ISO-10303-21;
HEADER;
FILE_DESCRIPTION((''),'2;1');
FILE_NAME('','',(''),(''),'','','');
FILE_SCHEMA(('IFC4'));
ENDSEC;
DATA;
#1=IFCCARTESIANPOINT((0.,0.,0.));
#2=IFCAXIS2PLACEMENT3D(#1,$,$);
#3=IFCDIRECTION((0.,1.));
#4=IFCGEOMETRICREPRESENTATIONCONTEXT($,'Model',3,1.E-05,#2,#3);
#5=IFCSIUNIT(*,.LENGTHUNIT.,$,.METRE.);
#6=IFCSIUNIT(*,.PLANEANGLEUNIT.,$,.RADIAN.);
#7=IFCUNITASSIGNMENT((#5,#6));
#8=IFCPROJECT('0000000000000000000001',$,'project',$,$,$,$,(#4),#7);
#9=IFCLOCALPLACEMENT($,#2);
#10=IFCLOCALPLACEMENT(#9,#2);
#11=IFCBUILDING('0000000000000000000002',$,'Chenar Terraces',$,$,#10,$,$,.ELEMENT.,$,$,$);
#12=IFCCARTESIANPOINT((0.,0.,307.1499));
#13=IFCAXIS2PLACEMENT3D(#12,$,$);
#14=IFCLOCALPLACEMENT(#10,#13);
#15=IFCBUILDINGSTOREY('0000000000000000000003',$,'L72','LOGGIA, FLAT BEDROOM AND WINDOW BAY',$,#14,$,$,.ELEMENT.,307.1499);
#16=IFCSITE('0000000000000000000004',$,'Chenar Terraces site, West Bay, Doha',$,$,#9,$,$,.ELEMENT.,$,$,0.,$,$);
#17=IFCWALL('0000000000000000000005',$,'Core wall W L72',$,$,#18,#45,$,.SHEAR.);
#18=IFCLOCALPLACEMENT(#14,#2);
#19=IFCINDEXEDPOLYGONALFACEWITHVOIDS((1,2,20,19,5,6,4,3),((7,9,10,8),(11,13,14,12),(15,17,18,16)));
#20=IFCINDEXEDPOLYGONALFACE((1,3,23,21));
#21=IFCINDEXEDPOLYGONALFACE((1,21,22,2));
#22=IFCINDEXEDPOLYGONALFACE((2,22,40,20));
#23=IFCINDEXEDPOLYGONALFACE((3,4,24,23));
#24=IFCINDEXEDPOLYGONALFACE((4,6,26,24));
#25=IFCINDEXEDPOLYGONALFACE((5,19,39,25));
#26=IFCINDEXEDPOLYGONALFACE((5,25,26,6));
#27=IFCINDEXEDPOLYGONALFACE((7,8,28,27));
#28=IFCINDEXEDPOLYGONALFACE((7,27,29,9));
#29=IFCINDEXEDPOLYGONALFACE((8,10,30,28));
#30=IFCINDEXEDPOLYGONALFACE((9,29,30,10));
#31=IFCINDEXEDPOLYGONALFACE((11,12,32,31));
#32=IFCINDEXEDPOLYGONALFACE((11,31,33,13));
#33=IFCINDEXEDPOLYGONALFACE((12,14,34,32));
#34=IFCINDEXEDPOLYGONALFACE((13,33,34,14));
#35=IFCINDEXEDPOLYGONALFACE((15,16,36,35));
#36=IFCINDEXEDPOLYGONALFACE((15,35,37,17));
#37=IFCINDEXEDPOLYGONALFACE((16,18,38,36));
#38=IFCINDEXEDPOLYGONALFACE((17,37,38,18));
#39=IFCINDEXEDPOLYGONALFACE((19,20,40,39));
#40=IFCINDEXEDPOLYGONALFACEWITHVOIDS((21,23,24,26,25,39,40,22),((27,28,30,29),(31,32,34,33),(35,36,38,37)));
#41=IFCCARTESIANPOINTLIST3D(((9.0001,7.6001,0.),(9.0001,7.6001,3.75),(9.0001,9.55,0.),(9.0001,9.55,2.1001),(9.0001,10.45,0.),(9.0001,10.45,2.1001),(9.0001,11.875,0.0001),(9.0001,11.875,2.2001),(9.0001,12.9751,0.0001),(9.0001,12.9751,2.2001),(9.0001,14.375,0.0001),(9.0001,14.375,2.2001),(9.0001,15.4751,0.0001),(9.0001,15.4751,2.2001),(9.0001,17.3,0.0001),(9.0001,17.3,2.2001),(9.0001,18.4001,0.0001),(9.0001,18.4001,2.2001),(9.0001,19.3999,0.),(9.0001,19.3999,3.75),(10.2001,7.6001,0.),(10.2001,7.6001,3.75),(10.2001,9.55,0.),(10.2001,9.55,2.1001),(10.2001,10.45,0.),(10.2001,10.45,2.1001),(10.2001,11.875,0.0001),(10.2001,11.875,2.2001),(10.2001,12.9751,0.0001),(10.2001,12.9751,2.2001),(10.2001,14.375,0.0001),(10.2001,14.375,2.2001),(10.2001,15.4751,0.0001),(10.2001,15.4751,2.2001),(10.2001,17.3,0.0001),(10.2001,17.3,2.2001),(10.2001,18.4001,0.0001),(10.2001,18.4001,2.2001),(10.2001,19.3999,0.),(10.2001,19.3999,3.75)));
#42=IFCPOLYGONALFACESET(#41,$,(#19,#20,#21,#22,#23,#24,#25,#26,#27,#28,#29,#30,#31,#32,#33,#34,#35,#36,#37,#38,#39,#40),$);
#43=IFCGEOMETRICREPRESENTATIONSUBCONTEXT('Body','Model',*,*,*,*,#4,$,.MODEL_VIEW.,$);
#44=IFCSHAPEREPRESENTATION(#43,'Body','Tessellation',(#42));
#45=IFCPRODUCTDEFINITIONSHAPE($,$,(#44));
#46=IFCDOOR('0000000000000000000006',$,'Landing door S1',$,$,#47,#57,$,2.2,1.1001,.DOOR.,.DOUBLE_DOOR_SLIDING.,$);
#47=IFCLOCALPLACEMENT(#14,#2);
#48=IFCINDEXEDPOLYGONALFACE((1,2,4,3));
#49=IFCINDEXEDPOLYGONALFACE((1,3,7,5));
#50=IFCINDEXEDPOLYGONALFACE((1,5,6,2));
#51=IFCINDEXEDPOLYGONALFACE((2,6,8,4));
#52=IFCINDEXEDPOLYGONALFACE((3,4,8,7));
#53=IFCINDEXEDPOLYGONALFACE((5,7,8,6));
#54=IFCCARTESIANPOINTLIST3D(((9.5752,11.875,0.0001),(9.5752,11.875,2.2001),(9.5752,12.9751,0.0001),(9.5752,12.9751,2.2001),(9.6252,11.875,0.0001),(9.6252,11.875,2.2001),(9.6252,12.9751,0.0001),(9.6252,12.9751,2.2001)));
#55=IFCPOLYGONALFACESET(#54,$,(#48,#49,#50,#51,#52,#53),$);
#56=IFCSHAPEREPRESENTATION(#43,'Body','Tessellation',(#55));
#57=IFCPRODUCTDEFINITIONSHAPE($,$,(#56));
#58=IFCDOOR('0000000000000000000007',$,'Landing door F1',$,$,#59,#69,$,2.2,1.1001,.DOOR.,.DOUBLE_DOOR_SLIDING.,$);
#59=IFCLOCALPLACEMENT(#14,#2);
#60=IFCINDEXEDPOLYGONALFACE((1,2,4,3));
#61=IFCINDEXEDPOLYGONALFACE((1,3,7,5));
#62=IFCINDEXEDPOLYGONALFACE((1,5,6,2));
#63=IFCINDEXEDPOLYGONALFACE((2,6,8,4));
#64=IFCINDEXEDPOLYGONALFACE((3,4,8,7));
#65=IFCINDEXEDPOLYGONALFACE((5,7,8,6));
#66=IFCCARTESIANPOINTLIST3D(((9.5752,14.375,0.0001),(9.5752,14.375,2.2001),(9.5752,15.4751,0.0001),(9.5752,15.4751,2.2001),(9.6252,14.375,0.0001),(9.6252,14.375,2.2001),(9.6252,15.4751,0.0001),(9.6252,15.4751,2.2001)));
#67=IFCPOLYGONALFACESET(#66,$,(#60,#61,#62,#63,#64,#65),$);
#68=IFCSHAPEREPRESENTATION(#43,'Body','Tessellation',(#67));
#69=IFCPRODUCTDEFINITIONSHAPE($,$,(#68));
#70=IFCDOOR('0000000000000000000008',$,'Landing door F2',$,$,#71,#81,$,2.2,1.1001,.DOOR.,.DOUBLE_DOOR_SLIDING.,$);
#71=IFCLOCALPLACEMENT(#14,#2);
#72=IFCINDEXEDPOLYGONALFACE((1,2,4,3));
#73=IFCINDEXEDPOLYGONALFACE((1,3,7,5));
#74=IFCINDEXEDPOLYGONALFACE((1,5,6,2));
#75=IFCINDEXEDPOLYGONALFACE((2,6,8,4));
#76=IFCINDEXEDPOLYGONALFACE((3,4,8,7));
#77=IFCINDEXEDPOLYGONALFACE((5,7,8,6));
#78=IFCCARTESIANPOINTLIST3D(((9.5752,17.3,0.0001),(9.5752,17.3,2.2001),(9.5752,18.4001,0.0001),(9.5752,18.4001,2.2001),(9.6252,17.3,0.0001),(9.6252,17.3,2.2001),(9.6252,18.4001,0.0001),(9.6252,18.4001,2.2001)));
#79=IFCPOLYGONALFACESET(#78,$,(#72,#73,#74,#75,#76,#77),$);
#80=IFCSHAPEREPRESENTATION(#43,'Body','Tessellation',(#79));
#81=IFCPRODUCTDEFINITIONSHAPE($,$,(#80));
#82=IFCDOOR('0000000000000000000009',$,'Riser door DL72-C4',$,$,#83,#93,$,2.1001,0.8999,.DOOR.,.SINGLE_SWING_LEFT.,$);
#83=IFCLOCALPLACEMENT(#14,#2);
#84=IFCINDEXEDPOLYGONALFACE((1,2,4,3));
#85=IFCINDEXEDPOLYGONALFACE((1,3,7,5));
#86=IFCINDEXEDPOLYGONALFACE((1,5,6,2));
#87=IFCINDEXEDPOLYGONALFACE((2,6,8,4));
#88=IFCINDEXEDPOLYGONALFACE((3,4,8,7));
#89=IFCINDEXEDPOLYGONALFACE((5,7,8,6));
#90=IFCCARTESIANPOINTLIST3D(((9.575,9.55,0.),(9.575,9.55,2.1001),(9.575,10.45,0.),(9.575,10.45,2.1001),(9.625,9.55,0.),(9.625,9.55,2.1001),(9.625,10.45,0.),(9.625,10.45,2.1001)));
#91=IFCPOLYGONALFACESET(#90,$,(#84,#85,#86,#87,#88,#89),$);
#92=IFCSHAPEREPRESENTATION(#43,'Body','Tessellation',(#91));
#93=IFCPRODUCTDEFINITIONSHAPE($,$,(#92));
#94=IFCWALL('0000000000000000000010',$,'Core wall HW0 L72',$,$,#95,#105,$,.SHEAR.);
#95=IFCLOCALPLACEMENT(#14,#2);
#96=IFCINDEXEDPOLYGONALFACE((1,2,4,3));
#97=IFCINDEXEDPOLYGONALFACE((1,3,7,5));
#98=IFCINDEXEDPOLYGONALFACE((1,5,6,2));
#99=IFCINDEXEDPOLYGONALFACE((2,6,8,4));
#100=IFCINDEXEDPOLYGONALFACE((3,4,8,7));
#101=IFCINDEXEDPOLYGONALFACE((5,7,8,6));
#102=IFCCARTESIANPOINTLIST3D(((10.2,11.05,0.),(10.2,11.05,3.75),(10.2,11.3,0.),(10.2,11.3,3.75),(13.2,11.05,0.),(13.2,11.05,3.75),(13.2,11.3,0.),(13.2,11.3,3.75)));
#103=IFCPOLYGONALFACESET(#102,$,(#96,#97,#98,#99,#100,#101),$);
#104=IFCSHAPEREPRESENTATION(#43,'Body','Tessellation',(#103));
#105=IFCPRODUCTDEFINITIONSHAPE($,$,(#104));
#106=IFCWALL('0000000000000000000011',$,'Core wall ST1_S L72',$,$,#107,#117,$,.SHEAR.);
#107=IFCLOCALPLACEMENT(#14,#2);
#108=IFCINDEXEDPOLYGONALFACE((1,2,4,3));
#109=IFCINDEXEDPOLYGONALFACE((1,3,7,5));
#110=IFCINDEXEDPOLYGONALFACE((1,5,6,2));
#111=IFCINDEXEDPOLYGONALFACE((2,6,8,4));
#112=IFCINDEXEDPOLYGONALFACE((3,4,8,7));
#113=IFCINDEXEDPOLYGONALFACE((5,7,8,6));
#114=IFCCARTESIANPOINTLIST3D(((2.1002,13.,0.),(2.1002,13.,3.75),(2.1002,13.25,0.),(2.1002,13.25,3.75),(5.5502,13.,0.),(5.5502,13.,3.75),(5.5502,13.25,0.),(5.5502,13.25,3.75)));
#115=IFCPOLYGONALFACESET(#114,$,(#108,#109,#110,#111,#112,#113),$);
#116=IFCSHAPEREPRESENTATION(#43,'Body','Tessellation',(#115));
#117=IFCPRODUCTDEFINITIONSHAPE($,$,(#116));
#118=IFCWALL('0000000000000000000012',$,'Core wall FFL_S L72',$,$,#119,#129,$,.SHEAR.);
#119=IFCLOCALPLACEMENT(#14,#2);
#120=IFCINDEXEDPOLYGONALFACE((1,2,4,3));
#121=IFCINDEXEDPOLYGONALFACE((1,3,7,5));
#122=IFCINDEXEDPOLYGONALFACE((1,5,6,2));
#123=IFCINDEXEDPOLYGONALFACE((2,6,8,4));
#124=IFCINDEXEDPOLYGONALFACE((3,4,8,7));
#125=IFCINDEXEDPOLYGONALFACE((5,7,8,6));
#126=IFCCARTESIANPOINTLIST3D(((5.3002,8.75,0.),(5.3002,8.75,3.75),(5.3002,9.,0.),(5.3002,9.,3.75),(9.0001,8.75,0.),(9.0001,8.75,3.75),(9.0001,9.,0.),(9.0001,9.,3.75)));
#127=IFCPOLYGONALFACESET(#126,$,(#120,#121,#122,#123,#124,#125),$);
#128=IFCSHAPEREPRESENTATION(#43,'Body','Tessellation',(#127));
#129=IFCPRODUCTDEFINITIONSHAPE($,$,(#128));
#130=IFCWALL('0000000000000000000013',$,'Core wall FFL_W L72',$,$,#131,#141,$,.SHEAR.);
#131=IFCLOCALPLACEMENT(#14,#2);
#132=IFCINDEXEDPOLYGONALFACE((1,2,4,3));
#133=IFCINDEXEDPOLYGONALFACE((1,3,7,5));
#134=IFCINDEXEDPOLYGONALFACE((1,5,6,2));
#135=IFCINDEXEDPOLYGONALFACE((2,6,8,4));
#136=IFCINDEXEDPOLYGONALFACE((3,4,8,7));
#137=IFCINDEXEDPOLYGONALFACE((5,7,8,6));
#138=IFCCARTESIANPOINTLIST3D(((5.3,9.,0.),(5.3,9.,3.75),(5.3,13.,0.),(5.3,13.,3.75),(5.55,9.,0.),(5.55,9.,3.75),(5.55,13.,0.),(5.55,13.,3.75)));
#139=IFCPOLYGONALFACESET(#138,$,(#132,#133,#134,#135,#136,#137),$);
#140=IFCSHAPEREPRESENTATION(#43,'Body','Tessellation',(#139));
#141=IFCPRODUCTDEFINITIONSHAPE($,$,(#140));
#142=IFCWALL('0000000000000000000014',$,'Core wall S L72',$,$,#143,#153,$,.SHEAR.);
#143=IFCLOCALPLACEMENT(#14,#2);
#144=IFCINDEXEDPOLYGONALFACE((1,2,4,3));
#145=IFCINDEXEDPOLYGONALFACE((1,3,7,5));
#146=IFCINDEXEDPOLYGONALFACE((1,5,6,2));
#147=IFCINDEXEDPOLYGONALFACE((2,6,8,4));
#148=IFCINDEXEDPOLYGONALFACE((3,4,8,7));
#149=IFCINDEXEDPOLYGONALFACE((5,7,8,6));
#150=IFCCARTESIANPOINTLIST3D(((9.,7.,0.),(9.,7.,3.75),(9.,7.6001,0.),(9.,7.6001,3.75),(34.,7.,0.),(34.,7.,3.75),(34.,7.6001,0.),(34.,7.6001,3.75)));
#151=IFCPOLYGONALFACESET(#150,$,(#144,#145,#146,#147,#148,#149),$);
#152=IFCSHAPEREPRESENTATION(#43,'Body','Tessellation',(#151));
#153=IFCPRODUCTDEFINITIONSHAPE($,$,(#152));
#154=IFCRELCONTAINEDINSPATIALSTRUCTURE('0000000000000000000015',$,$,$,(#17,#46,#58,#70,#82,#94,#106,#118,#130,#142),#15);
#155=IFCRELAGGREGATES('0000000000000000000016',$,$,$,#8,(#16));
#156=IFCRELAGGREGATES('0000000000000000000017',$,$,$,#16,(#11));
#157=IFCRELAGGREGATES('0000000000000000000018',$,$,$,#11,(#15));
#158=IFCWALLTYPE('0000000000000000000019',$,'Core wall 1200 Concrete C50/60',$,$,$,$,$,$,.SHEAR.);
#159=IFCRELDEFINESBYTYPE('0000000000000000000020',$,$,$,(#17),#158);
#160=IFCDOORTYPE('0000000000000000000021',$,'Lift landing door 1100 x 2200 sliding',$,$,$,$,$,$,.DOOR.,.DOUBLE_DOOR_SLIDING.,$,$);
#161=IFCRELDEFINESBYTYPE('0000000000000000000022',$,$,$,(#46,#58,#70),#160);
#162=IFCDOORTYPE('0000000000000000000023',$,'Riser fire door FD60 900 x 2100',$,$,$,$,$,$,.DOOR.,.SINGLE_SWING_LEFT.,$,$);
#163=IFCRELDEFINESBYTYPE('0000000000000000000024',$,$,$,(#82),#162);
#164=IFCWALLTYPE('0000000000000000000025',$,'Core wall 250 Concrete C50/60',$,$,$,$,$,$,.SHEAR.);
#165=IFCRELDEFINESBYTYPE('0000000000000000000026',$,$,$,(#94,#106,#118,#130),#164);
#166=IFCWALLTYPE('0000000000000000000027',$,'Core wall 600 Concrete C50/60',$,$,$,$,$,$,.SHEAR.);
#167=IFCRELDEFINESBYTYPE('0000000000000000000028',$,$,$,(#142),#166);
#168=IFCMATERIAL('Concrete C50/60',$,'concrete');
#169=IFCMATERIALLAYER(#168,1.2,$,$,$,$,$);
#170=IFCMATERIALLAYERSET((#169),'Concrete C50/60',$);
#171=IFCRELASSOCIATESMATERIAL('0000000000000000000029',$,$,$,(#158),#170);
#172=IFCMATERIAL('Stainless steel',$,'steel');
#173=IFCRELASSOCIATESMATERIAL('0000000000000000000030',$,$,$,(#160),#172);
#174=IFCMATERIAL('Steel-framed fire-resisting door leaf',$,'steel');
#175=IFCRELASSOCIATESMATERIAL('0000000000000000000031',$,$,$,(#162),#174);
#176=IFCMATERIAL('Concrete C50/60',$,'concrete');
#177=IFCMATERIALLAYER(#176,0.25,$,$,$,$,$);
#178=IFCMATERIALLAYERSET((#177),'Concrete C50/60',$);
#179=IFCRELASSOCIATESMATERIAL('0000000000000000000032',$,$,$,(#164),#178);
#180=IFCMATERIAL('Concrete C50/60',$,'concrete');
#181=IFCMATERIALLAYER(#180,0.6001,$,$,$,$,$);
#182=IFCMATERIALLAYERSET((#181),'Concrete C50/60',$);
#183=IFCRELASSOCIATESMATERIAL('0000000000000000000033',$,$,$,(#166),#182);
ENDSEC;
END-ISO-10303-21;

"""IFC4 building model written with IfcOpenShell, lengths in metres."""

from ifc_helpers import new_model, si_unit, direction, frame, frame_2d, origin, place, context, subcontext, project, spatial, rectangle, extrude, material, layer, layer_set, type_object, element, fill, save


model = new_model("IFC4")

# Units and contexts
model_context = context("Model", 3, precision=1e-05, world=origin(), true_north=direction((0.0, 1.0)))
body_context = subcontext(model_context, "Body", "Model", "MODEL_VIEW")
ifc_project = project(units=[si_unit("LENGTHUNIT", "METRE"), si_unit("PLANEANGLEUNIT", "RADIAN")], contexts=[model_context])

# Site, building, storey
site_placement = place(None, origin())
site = spatial("IfcSite", under=ifc_project, at=site_placement, Name="Chenar Terraces site, West Bay, Doha", CompositionType="ELEMENT", RefElevation=0.0)
building_placement = place(site_placement, origin())
building = spatial("IfcBuilding", under=site, at=building_placement, Name="Chenar Terraces", CompositionType="ELEMENT")
storey_placement = place(building_placement, frame((0.0, 0.0, 307.1499)))
storey = spatial("IfcBuildingStorey", under=building, at=storey_placement, Name="L72", Description="LOGGIA, FLAT BEDROOM AND WINDOW BAY", CompositionType="ELEMENT", Elevation=307.1499)

# Wall, openings, doors
ifc_material_1 = material(Name="Concrete C50/60", Category="concrete")
ifc_layer_1 = layer(ifc_material_1, 1.2)
ifc_layer_set_1 = layer_set([ifc_layer_1], Name="Concrete C50/60")
wall_type_1 = type_object("IfcWallType", Name="Core wall 1200 Concrete C50/60", PredefinedType="SHEAR", material=ifc_layer_set_1)
wall_1_placement = place(storey_placement, frame((9.6001, 7.6001, 0.0), z_axis=(0.0, 0.0, 1.0), x_axis=(0.0, 1.0, 0.0)))
wall_1 = element("IfcWall", 1, at=wall_1_placement, inside=storey, type_object=wall_type_1, Name="Core wall W L72", PredefinedType="SHEAR", context=body_context, shape_type="SweptSolid", body=[
    extrude(rectangle(XDim=11.7998, YDim=1.2, at=frame_2d((5.8999, 0.0))), origin(), (0.0, 0.0, 1.0), 3.75),
])
opening_1_placement = place(wall_1_placement, frame((4.2749, 0.0, 0.0)))
opening_1 = element("IfcOpeningElement", 2, at=opening_1_placement, cuts=wall_1, PredefinedType="OPENING", context=body_context, shape_type="SweptSolid", body=[
    extrude(rectangle(XDim=1.1001, YDim=2.2, at=frame_2d((0.55, 1.1001))), frame((0.0, 0.6099, 0.0), z_axis=(0.0, -1.0, 0.0), x_axis=(1.0, 0.0, 0.0)), (0.0, 0.0, 1.0), 1.22),
])
opening_2_placement = place(wall_1_placement, frame((6.7749, 0.0, 0.0)))
opening_2 = element("IfcOpeningElement", 3, at=opening_2_placement, cuts=wall_1, PredefinedType="OPENING", context=body_context, shape_type="SweptSolid", body=[
    extrude(rectangle(XDim=1.1001, YDim=2.2, at=frame_2d((0.55, 1.1001))), frame((0.0, 0.6099, 0.0), z_axis=(0.0, -1.0, 0.0), x_axis=(1.0, 0.0, 0.0)), (0.0, 0.0, 1.0), 1.22),
])
opening_3_placement = place(wall_1_placement, frame((9.7, 0.0, 0.0)))
opening_3 = element("IfcOpeningElement", 4, at=opening_3_placement, cuts=wall_1, PredefinedType="OPENING", context=body_context, shape_type="SweptSolid", body=[
    extrude(rectangle(XDim=1.1001, YDim=2.2, at=frame_2d((0.55, 1.1001))), frame((0.0, 0.6099, 0.0), z_axis=(0.0, -1.0, 0.0), x_axis=(1.0, 0.0, 0.0)), (0.0, 0.0, 1.0), 1.22),
])
opening_4_placement = place(wall_1_placement, frame((1.95, 0.0, 0.0)))
opening_4 = element("IfcOpeningElement", 5, at=opening_4_placement, cuts=wall_1, PredefinedType="OPENING", context=body_context, shape_type="SweptSolid", body=[
    extrude(rectangle(XDim=0.8999, YDim=2.1001, at=frame_2d((0.45, 1.05))), frame((0.0, 0.6099, 0.0), z_axis=(0.0, -1.0, 0.0), x_axis=(1.0, 0.0, 0.0)), (0.0, 0.0, 1.0), 1.22),
])
ifc_material_2 = material(Name="Stainless steel", Category="steel")
door_type_1 = type_object("IfcDoorType", Name="Lift landing door 1100 x 2200 sliding", OperationType="DOUBLE_DOOR_SLIDING", PredefinedType="DOOR", material=ifc_material_2)
door_1_placement = place(opening_1_placement, origin())
door_1 = element("IfcDoor", 6, at=door_1_placement, inside=storey, type_object=door_type_1, Name="Landing door S1", OperationType="DOUBLE_DOOR_SLIDING", OverallHeight=2.2, OverallWidth=1.1001, PredefinedType="DOOR", context=body_context, shape_type="SweptSolid", body=[
    extrude(rectangle(XDim=1.1001, YDim=2.2, at=frame_2d((0.55, 1.1001))), frame((0.0, 0.0249, 0.0), z_axis=(0.0, -1.0, 0.0), x_axis=(1.0, 0.0, 0.0)), (0.0, 0.0, 1.0), 0.05),
])
fill(opening_1, door_1)
door_2_placement = place(opening_2_placement, origin())
door_2 = element("IfcDoor", 7, at=door_2_placement, inside=storey, type_object=door_type_1, Name="Landing door F1", OperationType="DOUBLE_DOOR_SLIDING", OverallHeight=2.2, OverallWidth=1.1001, PredefinedType="DOOR", context=body_context, shape_type="SweptSolid", body=[
    extrude(rectangle(XDim=1.1001, YDim=2.2, at=frame_2d((0.55, 1.1001))), frame((0.0, 0.0249, 0.0), z_axis=(0.0, -1.0, 0.0), x_axis=(1.0, 0.0, 0.0)), (0.0, 0.0, 1.0), 0.05),
])
fill(opening_2, door_2)
door_3_placement = place(opening_3_placement, origin())
door_3 = element("IfcDoor", 8, at=door_3_placement, inside=storey, type_object=door_type_1, Name="Landing door F2", OperationType="DOUBLE_DOOR_SLIDING", OverallHeight=2.2, OverallWidth=1.1001, PredefinedType="DOOR", context=body_context, shape_type="SweptSolid", body=[
    extrude(rectangle(XDim=1.1001, YDim=2.2, at=frame_2d((0.55, 1.1001))), frame((0.0, 0.0249, 0.0), z_axis=(0.0, -1.0, 0.0), x_axis=(1.0, 0.0, 0.0)), (0.0, 0.0, 1.0), 0.05),
])
fill(opening_3, door_3)
ifc_material_3 = material(Name="Steel-framed fire-resisting door leaf", Category="steel")
door_type_2 = type_object("IfcDoorType", Name="Riser fire door FD60 900 x 2100", OperationType="SINGLE_SWING_LEFT", PredefinedType="DOOR", material=ifc_material_3)
door_4_placement = place(opening_4_placement, frame((0.8999, 0.0, 0.0), z_axis=(0.0, 0.0, 1.0), x_axis=(-1.0, 0.0, 0.0)))
door_4 = element("IfcDoor", 9, at=door_4_placement, inside=storey, type_object=door_type_2, Name="Riser door DL72-C4", OperationType="SINGLE_SWING_LEFT", OverallHeight=2.1001, OverallWidth=0.8999, PredefinedType="DOOR", context=body_context, shape_type="SweptSolid", body=[
    extrude(rectangle(XDim=0.8999, YDim=2.1001, at=frame_2d((0.45, 1.05))), frame((0.0, 0.0249, 0.0), z_axis=(0.0, -1.0, 0.0), x_axis=(1.0, 0.0, 0.0)), (0.0, 0.0, 1.0), 0.05),
])
fill(opening_4, door_4)

# Walls
ifc_material_4 = material(Name="Concrete C50/60", Category="concrete")
ifc_layer_2 = layer(ifc_material_4, 0.25)
ifc_layer_set_2 = layer_set([ifc_layer_2], Name="Concrete C50/60")
wall_type_2 = type_object("IfcWallType", Name="Core wall 250 Concrete C50/60", PredefinedType="SHEAR", material=ifc_layer_set_2)
wall_2_placement = place(storey_placement, frame((10.2, 11.175, 0.0), z_axis=(0.0, 0.0, 1.0), x_axis=(1.0, 0.0, 0.0)))
element("IfcWall", 10, at=wall_2_placement, inside=storey, type_object=wall_type_2, Name="Core wall HW0 L72", PredefinedType="SHEAR", context=body_context, shape_type="SweptSolid", body=[
    extrude(rectangle(XDim=3.0, YDim=0.25, at=frame_2d((1.5, 0.0))), origin(), (0.0, 0.0, 1.0), 3.75),
])
wall_3_placement = place(storey_placement, frame((2.1001, 13.125, 0.0), z_axis=(0.0, 0.0, 1.0), x_axis=(1.0, 0.0, 0.0)))
element("IfcWall", 11, at=wall_3_placement, inside=storey, type_object=wall_type_2, Name="Core wall ST1_S L72", PredefinedType="SHEAR", context=body_context, shape_type="SweptSolid", body=[
    extrude(rectangle(XDim=3.45, YDim=0.25, at=frame_2d((1.7251, 0.0))), origin(), (0.0, 0.0, 1.0), 3.75),
])
wall_4_placement = place(storey_placement, frame((5.3, 8.875, 0.0), z_axis=(0.0, 0.0, 1.0), x_axis=(1.0, 0.0, 0.0)))
element("IfcWall", 12, at=wall_4_placement, inside=storey, type_object=wall_type_2, Name="Core wall FFL_S L72", PredefinedType="SHEAR", context=body_context, shape_type="SweptSolid", body=[
    extrude(rectangle(XDim=3.7, YDim=0.25, at=frame_2d((1.8501, 0.0))), origin(), (0.0, 0.0, 1.0), 3.75),
])
wall_5_placement = place(storey_placement, frame((5.425, 9.0, 0.0), z_axis=(0.0, 0.0, 1.0), x_axis=(0.0, 1.0, 0.0)))
element("IfcWall", 13, at=wall_5_placement, inside=storey, type_object=wall_type_2, Name="Core wall FFL_W L72", PredefinedType="SHEAR", context=body_context, shape_type="SweptSolid", body=[
    extrude(rectangle(XDim=4.0, YDim=0.25, at=frame_2d((2.0, 0.0))), origin(), (0.0, 0.0, 1.0), 3.75),
])
ifc_material_5 = material(Name="Concrete C50/60", Category="concrete")
ifc_layer_3 = layer(ifc_material_5, 0.6001)
ifc_layer_set_3 = layer_set([ifc_layer_3], Name="Concrete C50/60")
wall_type_3 = type_object("IfcWallType", Name="Core wall 600 Concrete C50/60", PredefinedType="SHEAR", material=ifc_layer_set_3)
wall_6_placement = place(storey_placement, frame((9.0, 7.3, 0.0), z_axis=(0.0, 0.0, 1.0), x_axis=(1.0, 0.0, 0.0)))
element("IfcWall", 14, at=wall_6_placement, inside=storey, type_object=wall_type_3, Name="Core wall S L72", PredefinedType="SHEAR", context=body_context, shape_type="SweptSolid", body=[
    extrude(rectangle(XDim=25.0, YDim=0.6001, at=frame_2d((12.5, 0.0))), origin(), (0.0, 0.0, 1.0), 3.75),
])

save(model, "model.ifc")
